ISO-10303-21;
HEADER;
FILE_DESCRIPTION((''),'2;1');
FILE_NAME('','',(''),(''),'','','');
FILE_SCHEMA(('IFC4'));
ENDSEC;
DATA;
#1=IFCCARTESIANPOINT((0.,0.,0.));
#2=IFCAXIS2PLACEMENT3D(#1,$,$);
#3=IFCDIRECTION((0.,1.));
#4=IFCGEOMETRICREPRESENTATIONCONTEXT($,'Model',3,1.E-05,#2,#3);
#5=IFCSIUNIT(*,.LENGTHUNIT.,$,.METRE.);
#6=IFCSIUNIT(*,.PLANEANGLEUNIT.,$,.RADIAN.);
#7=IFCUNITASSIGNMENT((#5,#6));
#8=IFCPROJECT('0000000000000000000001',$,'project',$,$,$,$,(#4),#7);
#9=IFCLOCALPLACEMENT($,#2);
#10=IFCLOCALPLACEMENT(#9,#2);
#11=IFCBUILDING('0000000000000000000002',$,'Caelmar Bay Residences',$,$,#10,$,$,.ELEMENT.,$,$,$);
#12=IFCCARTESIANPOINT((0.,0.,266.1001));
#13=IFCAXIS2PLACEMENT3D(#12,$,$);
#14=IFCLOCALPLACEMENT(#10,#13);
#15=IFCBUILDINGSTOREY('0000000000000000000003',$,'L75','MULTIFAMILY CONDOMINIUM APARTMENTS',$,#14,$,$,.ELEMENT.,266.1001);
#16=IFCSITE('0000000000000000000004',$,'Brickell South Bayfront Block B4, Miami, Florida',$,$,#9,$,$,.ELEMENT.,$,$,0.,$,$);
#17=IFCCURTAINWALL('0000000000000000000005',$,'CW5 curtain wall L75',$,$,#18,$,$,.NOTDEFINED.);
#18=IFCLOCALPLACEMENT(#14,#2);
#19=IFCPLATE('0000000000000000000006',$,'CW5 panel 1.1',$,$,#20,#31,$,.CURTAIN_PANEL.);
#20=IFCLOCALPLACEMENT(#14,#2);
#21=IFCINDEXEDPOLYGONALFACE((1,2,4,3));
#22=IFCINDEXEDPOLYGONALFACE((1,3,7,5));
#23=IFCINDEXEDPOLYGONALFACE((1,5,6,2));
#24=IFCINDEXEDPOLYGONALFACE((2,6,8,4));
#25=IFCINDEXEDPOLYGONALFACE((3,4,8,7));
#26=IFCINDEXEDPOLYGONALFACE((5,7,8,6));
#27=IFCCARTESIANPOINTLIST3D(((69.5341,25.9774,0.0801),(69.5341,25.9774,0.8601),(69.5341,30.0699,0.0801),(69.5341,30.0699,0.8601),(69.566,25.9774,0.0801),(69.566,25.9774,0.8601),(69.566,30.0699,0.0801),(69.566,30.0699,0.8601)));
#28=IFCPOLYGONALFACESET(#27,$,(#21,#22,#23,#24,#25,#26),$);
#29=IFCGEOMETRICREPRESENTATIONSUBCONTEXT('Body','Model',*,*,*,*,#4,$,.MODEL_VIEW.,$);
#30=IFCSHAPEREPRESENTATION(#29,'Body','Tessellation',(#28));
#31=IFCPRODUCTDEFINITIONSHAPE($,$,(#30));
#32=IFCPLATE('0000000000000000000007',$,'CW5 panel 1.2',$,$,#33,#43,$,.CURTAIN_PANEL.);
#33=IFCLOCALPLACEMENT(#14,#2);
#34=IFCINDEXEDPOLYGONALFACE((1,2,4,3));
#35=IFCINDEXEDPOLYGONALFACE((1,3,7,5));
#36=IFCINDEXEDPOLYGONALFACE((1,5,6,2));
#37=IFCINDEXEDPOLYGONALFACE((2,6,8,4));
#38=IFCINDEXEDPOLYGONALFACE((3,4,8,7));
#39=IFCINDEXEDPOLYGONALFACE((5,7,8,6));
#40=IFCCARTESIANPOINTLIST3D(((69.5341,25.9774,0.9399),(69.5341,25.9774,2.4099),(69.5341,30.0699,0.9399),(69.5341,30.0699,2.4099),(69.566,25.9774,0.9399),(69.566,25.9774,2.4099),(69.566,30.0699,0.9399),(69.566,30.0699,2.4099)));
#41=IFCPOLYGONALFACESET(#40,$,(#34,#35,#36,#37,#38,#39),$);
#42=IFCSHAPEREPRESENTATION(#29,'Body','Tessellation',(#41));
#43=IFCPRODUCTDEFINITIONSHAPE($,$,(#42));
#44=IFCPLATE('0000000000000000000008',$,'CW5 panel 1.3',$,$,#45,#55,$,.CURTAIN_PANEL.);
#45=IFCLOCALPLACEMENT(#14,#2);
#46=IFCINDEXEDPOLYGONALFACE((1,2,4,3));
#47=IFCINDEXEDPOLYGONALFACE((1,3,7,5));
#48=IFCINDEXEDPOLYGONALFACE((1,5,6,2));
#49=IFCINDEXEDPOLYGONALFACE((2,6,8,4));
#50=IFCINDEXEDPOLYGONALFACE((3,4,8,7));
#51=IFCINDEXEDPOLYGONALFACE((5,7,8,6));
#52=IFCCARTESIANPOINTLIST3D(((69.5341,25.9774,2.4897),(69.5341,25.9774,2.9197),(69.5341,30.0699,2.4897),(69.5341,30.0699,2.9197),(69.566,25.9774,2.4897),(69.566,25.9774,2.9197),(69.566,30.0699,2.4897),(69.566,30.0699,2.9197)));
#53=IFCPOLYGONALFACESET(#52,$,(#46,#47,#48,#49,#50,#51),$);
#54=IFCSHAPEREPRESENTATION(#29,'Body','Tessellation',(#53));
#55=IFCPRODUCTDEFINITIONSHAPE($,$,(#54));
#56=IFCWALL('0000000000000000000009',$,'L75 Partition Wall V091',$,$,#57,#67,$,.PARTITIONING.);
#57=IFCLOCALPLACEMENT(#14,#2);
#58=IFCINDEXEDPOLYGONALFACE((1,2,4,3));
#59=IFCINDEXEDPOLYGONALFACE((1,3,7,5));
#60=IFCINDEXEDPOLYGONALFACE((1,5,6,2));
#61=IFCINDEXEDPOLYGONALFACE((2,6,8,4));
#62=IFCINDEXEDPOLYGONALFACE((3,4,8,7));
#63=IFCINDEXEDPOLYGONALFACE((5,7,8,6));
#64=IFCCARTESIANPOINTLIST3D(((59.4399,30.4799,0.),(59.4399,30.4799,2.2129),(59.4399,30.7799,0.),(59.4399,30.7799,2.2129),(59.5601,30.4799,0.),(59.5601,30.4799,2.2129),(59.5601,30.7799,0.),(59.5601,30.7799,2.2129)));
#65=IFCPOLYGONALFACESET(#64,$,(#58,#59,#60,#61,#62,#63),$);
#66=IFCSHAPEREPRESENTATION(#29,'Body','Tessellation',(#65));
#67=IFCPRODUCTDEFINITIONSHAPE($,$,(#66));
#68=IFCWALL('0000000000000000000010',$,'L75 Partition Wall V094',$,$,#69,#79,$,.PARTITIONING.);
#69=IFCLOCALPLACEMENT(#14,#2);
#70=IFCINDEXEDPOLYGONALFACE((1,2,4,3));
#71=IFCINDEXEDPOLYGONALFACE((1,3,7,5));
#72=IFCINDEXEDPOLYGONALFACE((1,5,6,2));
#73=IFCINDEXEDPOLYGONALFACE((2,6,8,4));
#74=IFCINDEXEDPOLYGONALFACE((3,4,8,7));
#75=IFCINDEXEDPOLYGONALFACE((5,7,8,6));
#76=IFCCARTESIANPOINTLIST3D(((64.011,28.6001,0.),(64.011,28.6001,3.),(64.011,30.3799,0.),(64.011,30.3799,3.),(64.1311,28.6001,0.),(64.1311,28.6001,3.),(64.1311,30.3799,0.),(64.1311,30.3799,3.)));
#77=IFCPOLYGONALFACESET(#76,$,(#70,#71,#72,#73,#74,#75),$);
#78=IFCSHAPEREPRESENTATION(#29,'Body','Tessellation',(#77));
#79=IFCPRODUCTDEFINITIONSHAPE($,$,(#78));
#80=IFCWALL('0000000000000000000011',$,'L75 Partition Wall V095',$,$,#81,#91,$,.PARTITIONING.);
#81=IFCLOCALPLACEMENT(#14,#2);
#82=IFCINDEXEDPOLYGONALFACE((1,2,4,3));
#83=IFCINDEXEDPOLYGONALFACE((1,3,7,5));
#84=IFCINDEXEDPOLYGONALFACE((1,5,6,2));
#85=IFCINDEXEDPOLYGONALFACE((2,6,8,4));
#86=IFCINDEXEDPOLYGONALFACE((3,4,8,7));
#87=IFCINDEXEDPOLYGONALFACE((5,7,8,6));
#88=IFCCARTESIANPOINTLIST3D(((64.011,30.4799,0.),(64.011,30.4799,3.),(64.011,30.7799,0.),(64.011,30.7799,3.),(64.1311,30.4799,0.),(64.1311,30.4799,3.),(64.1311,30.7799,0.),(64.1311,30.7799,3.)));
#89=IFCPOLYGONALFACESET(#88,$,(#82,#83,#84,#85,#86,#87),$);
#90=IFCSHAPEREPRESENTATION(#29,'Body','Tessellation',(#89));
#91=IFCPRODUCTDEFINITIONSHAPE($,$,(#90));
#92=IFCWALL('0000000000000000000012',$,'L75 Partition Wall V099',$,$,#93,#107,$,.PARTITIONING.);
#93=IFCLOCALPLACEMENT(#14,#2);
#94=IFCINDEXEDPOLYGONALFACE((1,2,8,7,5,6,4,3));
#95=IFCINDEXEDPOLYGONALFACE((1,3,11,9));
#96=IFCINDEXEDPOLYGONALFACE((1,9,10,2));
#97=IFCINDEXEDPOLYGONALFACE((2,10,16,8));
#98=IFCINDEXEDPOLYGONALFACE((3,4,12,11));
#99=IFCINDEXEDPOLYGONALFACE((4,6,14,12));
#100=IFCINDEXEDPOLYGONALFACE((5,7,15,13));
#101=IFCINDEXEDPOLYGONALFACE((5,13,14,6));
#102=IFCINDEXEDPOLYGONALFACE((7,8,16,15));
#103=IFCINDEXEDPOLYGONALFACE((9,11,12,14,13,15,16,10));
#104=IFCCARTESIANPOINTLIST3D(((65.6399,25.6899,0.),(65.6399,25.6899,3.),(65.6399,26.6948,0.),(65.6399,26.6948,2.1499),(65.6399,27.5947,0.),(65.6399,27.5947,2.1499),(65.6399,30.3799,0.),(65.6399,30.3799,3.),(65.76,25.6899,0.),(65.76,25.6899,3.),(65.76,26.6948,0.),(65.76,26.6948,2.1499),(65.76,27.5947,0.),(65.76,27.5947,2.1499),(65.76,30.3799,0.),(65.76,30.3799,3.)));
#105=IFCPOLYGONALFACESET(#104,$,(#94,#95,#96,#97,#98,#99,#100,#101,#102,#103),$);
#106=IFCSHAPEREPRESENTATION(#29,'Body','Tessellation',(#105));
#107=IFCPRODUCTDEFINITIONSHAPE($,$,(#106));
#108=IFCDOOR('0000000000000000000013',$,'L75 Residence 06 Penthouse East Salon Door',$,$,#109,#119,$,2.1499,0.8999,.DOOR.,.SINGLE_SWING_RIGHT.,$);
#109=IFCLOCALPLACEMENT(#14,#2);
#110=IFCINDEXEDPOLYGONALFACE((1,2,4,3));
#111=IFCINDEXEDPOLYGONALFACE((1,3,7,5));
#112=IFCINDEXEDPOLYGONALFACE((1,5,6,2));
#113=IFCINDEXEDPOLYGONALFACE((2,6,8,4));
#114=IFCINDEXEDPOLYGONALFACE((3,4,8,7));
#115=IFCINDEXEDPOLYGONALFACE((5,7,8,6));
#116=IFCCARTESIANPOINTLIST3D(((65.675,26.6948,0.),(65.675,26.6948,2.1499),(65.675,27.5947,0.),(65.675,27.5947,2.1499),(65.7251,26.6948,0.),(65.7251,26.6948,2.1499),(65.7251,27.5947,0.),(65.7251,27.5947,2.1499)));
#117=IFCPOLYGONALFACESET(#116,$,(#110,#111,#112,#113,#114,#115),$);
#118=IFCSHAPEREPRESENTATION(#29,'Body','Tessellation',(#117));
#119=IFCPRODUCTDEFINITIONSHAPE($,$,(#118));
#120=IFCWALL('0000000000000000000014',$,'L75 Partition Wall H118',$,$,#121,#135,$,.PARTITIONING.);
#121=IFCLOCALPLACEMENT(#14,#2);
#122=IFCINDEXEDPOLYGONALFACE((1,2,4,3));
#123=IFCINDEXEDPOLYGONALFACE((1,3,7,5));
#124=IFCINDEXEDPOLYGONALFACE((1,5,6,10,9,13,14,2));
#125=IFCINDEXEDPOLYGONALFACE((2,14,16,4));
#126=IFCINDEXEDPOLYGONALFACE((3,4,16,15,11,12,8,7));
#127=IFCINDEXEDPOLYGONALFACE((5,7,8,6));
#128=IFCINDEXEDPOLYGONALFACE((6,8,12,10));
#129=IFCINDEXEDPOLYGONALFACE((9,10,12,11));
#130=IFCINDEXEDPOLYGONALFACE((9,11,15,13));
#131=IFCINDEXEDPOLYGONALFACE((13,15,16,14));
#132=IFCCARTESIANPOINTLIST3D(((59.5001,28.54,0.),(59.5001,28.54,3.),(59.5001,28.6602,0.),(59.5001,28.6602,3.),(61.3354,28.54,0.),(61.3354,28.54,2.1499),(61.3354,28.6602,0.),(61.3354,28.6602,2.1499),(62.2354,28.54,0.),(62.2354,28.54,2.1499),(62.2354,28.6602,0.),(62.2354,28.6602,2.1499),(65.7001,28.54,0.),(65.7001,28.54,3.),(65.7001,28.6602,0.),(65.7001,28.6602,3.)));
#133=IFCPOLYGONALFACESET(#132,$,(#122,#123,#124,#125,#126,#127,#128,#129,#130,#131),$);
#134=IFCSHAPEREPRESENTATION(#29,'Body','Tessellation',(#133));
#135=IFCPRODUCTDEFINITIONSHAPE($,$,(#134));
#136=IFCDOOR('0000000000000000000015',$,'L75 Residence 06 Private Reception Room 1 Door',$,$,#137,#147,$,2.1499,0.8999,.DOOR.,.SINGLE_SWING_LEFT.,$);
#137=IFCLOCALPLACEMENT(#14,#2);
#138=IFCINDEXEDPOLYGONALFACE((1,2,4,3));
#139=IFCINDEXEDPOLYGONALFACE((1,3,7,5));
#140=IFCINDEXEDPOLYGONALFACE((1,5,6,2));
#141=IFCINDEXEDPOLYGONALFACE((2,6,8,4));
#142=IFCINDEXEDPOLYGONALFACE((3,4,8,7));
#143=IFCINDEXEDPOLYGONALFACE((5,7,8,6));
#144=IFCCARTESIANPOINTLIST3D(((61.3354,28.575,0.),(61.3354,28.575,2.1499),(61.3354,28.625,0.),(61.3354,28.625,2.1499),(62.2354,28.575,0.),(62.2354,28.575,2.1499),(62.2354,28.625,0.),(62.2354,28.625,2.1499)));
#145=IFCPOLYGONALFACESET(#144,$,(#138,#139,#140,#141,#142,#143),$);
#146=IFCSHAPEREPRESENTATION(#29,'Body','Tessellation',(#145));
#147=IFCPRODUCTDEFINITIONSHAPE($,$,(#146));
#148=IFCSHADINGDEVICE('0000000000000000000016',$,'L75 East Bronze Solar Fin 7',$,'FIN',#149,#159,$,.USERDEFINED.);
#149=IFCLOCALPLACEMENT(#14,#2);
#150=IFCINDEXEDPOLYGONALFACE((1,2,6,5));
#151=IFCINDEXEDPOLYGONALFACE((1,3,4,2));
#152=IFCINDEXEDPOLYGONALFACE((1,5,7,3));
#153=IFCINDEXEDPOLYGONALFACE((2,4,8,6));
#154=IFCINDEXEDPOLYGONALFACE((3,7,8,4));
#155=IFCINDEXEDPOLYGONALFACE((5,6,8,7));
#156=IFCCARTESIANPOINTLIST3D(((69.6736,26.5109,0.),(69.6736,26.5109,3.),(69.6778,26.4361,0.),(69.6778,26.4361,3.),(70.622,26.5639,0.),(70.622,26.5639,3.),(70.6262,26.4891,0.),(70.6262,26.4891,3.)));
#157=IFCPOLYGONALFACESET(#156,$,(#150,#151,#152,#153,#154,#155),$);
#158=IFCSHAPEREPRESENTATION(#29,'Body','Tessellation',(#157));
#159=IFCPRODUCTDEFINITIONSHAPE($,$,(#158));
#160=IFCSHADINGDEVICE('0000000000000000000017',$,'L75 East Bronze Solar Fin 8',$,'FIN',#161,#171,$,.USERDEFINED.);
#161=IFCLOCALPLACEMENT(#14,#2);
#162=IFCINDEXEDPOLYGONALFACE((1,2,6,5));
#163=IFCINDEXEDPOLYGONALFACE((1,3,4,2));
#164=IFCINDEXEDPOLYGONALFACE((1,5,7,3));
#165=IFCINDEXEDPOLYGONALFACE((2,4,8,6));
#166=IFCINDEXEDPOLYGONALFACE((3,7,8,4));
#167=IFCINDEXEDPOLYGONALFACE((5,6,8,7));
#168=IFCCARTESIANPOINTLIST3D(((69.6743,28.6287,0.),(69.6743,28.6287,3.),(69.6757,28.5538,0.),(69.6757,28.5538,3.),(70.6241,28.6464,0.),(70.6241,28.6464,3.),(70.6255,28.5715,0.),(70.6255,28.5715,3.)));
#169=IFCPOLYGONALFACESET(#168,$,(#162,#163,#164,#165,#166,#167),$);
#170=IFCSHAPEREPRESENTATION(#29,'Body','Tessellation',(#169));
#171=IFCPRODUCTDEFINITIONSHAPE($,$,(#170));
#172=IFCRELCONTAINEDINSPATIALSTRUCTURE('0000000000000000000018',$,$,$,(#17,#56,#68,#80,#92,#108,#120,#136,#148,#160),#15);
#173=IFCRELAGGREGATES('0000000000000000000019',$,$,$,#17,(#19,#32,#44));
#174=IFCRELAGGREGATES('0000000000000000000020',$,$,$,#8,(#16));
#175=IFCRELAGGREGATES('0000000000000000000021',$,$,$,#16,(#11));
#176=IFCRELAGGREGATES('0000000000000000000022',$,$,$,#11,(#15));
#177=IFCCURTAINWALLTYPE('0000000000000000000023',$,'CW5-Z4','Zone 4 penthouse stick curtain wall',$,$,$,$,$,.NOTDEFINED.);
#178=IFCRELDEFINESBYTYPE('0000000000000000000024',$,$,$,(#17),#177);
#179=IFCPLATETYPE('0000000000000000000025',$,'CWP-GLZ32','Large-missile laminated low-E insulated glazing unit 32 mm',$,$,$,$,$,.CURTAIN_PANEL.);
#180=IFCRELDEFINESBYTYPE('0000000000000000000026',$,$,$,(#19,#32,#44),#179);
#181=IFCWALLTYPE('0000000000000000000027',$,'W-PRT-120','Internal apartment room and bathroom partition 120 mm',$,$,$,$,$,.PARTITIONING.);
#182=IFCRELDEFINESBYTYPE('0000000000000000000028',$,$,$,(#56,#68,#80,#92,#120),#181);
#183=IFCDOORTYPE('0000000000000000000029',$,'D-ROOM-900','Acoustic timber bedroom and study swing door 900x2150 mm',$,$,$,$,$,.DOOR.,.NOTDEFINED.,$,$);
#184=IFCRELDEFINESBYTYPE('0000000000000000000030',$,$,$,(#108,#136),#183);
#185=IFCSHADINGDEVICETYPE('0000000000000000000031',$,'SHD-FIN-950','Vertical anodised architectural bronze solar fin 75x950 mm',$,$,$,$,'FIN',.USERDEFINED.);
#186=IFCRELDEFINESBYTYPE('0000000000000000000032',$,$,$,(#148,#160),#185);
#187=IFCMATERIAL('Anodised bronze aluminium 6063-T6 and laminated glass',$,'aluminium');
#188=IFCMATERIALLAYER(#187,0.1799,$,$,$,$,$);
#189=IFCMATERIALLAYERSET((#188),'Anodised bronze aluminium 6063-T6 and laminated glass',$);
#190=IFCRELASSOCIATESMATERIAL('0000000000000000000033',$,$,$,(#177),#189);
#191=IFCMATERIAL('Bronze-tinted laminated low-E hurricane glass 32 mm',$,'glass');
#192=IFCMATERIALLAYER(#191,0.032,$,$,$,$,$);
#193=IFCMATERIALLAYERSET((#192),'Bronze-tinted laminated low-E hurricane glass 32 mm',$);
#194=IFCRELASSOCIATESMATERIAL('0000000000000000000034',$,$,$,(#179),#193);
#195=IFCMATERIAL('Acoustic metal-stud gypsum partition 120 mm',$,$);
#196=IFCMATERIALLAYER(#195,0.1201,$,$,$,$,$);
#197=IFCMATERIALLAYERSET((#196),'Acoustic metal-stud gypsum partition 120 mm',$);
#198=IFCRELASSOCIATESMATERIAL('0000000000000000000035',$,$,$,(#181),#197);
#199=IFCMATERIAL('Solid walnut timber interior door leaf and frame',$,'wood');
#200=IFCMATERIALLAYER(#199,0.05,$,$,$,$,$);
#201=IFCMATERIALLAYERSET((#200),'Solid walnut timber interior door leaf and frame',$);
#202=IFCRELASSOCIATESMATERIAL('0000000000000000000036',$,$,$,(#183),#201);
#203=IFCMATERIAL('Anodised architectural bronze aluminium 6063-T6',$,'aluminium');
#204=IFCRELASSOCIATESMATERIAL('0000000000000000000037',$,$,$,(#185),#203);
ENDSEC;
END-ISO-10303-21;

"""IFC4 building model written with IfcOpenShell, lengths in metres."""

from ifc_helpers import new_model, si_unit, direction, frame, frame_2d, origin, origin_2d, place, context, subcontext, project, spatial, rectangle, extrude, material, layer, layer_set, material_profile, profile_set, type_object, element, fill, aggregate, save


model = new_model("IFC4")

# Units and contexts
model_context = context("Model", 3, precision=1e-05, world=origin(), true_north=direction((0.0, 1.0)))
body_context = subcontext(model_context, "Body", "Model", "MODEL_VIEW")
ifc_project = project(units=[si_unit("LENGTHUNIT", "METRE"), si_unit("PLANEANGLEUNIT", "RADIAN")], contexts=[model_context])

# Site, building, storey
site_placement = place(None, origin())
site = spatial("IfcSite", under=ifc_project, at=site_placement, Name="Brickell South Bayfront Block B4, Miami, Florida", CompositionType="ELEMENT", RefElevation=0.0)
building_placement = place(site_placement, origin())
building = spatial("IfcBuilding", under=site, at=building_placement, Name="Caelmar Bay Residences", CompositionType="ELEMENT")
storey_placement = place(building_placement, frame((0.0, 0.0, 266.1001)))
storey = spatial("IfcBuildingStorey", under=building, at=storey_placement, Name="L75", Description="MULTIFAMILY CONDOMINIUM APARTMENTS", CompositionType="ELEMENT", Elevation=266.1001)

# Curtain wall, plates
ifc_material_1 = material(Name="Anodised bronze aluminium 6063-T6 and laminated glass", Category="aluminium")
ifc_layer_1 = layer(ifc_material_1, 0.1799)
ifc_layer_set_1 = layer_set([ifc_layer_1], Name="Anodised bronze aluminium 6063-T6 and laminated glass")
curtain_wall_type = type_object("IfcCurtainWallType", Name="CW5-Z4", Description="Zone 4 penthouse stick curtain wall", PredefinedType="NOTDEFINED", material=ifc_layer_set_1)
curtain_wall_placement = place(storey_placement, origin())
curtain_wall = element("IfcCurtainWall", 1, at=curtain_wall_placement, inside=storey, type_object=curtain_wall_type, Name="CW5 curtain wall L75", PredefinedType="NOTDEFINED")
ifc_material_2 = material(Name="Bronze-tinted laminated low-E hurricane glass 32 mm", Category="glass")
ifc_layer_2 = layer(ifc_material_2, 0.032)
ifc_layer_set_2 = layer_set([ifc_layer_2], Name="Bronze-tinted laminated low-E hurricane glass 32 mm")
plate_type = type_object("IfcPlateType", Name="CWP-GLZ32", Description="Large-missile laminated low-E insulated glazing unit 32 mm", PredefinedType="CURTAIN_PANEL", material=ifc_layer_set_2)
plate_1_placement = place(storey_placement, frame((69.55, 28.0237, 0.0801), z_axis=(0.0, 0.0, 1.0), x_axis=(0.0, -1.0, 0.0)))
plate_1 = element("IfcPlate", 2, at=plate_1_placement, type_object=plate_type, Name="CW5 panel 1.1", PredefinedType="CURTAIN_PANEL", context=body_context, shape_type="SweptSolid", body=[
    extrude(rectangle(XDim=4.0925, YDim=0.032, at=origin_2d()), origin(), (0.0, 0.0, 1.0), 0.78),
])
plate_2_placement = place(storey_placement, frame((69.55, 28.0237, 0.9399), z_axis=(0.0, 0.0, 1.0), x_axis=(0.0, -1.0, 0.0)))
plate_2 = element("IfcPlate", 3, at=plate_2_placement, type_object=plate_type, Name="CW5 panel 1.2", PredefinedType="CURTAIN_PANEL", context=body_context, shape_type="SweptSolid", body=[
    extrude(rectangle(XDim=4.0925, YDim=0.032, at=origin_2d()), origin(), (0.0, 0.0, 1.0), 1.47),
])
plate_3_placement = place(storey_placement, frame((69.55, 28.0237, 2.4897), z_axis=(0.0, 0.0, 1.0), x_axis=(0.0, -1.0, 0.0)))
plate_3 = element("IfcPlate", 4, at=plate_3_placement, type_object=plate_type, Name="CW5 panel 1.3", PredefinedType="CURTAIN_PANEL", context=body_context, shape_type="SweptSolid", body=[
    extrude(rectangle(XDim=4.0925, YDim=0.032, at=origin_2d()), origin(), (0.0, 0.0, 1.0), 0.4299),
])
aggregate(curtain_wall, [plate_1, plate_2, plate_3])

# Walls
ifc_material_3 = material(Name="Acoustic metal-stud gypsum partition 120 mm")
ifc_layer_3 = layer(ifc_material_3, 0.1201)
ifc_layer_set_3 = layer_set([ifc_layer_3], Name="Acoustic metal-stud gypsum partition 120 mm")
wall_type = type_object("IfcWallType", Name="W-PRT-120", Description="Internal apartment room and bathroom partition 120 mm", PredefinedType="PARTITIONING", material=ifc_layer_set_3)
wall_1_placement = place(storey_placement, frame((59.5, 30.48, 0.0), z_axis=(0.0, 0.0, 1.0), x_axis=(0.0, 1.0, 0.0)))
element("IfcWall", 5, at=wall_1_placement, inside=storey, type_object=wall_type, Name="L75 Partition Wall V091", PredefinedType="PARTITIONING", context=body_context, shape_type="SweptSolid", body=[
    extrude(rectangle(XDim=0.3, YDim=0.1201, at=frame_2d((0.1499, 0.0))), origin(), (0.0, 0.0, 1.0), 2.2129),
])
wall_2_placement = place(storey_placement, frame((64.071, 28.6001, 0.0), z_axis=(0.0, 0.0, 1.0), x_axis=(0.0, 1.0, 0.0)))
element("IfcWall", 6, at=wall_2_placement, inside=storey, type_object=wall_type, Name="L75 Partition Wall V094", PredefinedType="PARTITIONING", context=body_context, shape_type="SweptSolid", body=[
    extrude(rectangle(XDim=1.7798, YDim=0.1201, at=frame_2d((0.8899, 0.0))), origin(), (0.0, 0.0, 1.0), 3.0),
])
wall_3_placement = place(storey_placement, frame((64.071, 30.48, 0.0), z_axis=(0.0, 0.0, 1.0), x_axis=(0.0, 1.0, 0.0)))
element("IfcWall", 7, at=wall_3_placement, inside=storey, type_object=wall_type, Name="L75 Partition Wall V095", PredefinedType="PARTITIONING", context=body_context, shape_type="SweptSolid", body=[
    extrude(rectangle(XDim=0.3, YDim=0.1201, at=frame_2d((0.1499, 0.0))), origin(), (0.0, 0.0, 1.0), 3.0),
])

# Walls, openings, doors
wall_4_placement = place(storey_placement, frame((65.7, 25.6899, 0.0), z_axis=(0.0, 0.0, 1.0), x_axis=(0.0, 1.0, 0.0)))
wall_4 = element("IfcWall", 8, at=wall_4_placement, inside=storey, type_object=wall_type, Name="L75 Partition Wall V099", PredefinedType="PARTITIONING", context=body_context, shape_type="SweptSolid", body=[
    extrude(rectangle(XDim=4.6899, YDim=0.1201, at=frame_2d((2.345, 0.0))), origin(), (0.0, 0.0, 1.0), 3.0),
])
opening_1_placement = place(wall_4_placement, frame((1.0049, 0.0, 0.0)))
opening_1 = element("IfcOpeningElement", 9, at=opening_1_placement, cuts=wall_4, PredefinedType="OPENING", context=body_context, shape_type="SweptSolid", body=[
    extrude(rectangle(XDim=0.8999, YDim=2.1499, at=frame_2d((0.45, 1.075))), frame((0.0, 0.0701, 0.0), z_axis=(0.0, -1.0, 0.0), x_axis=(1.0, 0.0, 0.0)), (0.0, 0.0, 1.0), 0.1401),
])
ifc_material_4 = material(Name="Solid walnut timber interior door leaf and frame", Category="wood")
ifc_layer_4 = layer(ifc_material_4, 0.05)
ifc_layer_set_4 = layer_set([ifc_layer_4], Name="Solid walnut timber interior door leaf and frame")
door_type = type_object("IfcDoorType", Name="D-ROOM-900", Description="Acoustic timber bedroom and study swing door 900x2150 mm", OperationType="NOTDEFINED", PredefinedType="DOOR", material=ifc_layer_set_4)
door_1_placement = place(opening_1_placement, origin())
door_1 = element("IfcDoor", 10, at=door_1_placement, inside=storey, type_object=door_type, Name="L75 Residence 06 Penthouse East Salon Door", OperationType="SINGLE_SWING_RIGHT", OverallHeight=2.1499, OverallWidth=0.8999, PredefinedType="DOOR", context=body_context, shape_type="SweptSolid", body=[
    extrude(rectangle(XDim=0.8999, YDim=2.1499, at=frame_2d((0.45, 1.075))), frame((0.0, 0.0249, 0.0), z_axis=(0.0, -1.0, 0.0), x_axis=(1.0, 0.0, 0.0)), (0.0, 0.0, 1.0), 0.05),
])
fill(opening_1, door_1)
wall_5_placement = place(storey_placement, frame((59.5, 28.6001, 0.0), z_axis=(0.0, 0.0, 1.0), x_axis=(1.0, 0.0, 0.0)))
wall_5 = element("IfcWall", 11, at=wall_5_placement, inside=storey, type_object=wall_type, Name="L75 Partition Wall H118", PredefinedType="PARTITIONING", context=body_context, shape_type="SweptSolid", body=[
    extrude(rectangle(XDim=6.2, YDim=0.1201, at=frame_2d((3.1001, 0.0))), origin(), (0.0, 0.0, 1.0), 3.0),
])
opening_2_placement = place(wall_5_placement, frame((1.8354, 0.0, 0.0)))
opening_2 = element("IfcOpeningElement", 12, at=opening_2_placement, cuts=wall_5, PredefinedType="OPENING", context=body_context, shape_type="SweptSolid", body=[
    extrude(rectangle(XDim=0.8999, YDim=2.1499, at=frame_2d((0.45, 1.075))), frame((0.0, 0.0701, 0.0), z_axis=(0.0, -1.0, 0.0), x_axis=(1.0, 0.0, 0.0)), (0.0, 0.0, 1.0), 0.1401),
])
door_2_placement = place(opening_2_placement, origin())
door_2 = element("IfcDoor", 13, at=door_2_placement, inside=storey, type_object=door_type, Name="L75 Residence 06 Private Reception Room 1 Door", OperationType="SINGLE_SWING_LEFT", OverallHeight=2.1499, OverallWidth=0.8999, PredefinedType="DOOR", context=body_context, shape_type="SweptSolid", body=[
    extrude(rectangle(XDim=0.8999, YDim=2.1499, at=frame_2d((0.45, 1.075))), frame((0.0, 0.0249, 0.0), z_axis=(0.0, -1.0, 0.0), x_axis=(1.0, 0.0, 0.0)), (0.0, 0.0, 1.0), 0.05),
])
fill(opening_2, door_2)

# Shading devices
ifc_material_5 = material(Name="Anodised architectural bronze aluminium 6063-T6", Category="aluminium")
ifc_material_profile_1 = material_profile(ifc_material_5, rectangle(XDim=0.075, YDim=0.95, at=origin_2d()), Name="BRONZE-FIN-75X950")
ifc_profile_set_1 = profile_set([ifc_material_profile_1], Name="Anodised architectural bronze aluminium 6063-T6")
shading_device_type = type_object("IfcShadingDeviceType", Name="SHD-FIN-950", Description="Vertical anodised architectural bronze solar fin 75x950 mm", ElementType="FIN", PredefinedType="USERDEFINED", material=ifc_profile_set_1)
for number, where, z_axis, x_axis, name in (
    (14, (70.1499, 26.5, 0.0), (0.0, 0.0, 1.0), (-0.055822, 0.998441, 0.0), "L75 East Bronze Solar Fin 7"),
    (15, (70.1499, 28.6001, 0.0), (0.0, 0.0, 1.0), (-0.018674, 0.999826, 0.0), "L75 East Bronze Solar Fin 8"),
):
    element("IfcShadingDevice", number, at=place(storey_placement, frame(where, z_axis=z_axis, x_axis=x_axis)), inside=storey, type_object=shading_device_type, Name=name, ObjectType="FIN", PredefinedType="USERDEFINED", context=body_context, shape_type="SweptSolid", body=[
        extrude(rectangle(XDim=0.075, YDim=0.95, at=origin_2d()), origin(), (0.0, 0.0, 1.0), 3.0),
    ])

save(model, "model.ifc")
